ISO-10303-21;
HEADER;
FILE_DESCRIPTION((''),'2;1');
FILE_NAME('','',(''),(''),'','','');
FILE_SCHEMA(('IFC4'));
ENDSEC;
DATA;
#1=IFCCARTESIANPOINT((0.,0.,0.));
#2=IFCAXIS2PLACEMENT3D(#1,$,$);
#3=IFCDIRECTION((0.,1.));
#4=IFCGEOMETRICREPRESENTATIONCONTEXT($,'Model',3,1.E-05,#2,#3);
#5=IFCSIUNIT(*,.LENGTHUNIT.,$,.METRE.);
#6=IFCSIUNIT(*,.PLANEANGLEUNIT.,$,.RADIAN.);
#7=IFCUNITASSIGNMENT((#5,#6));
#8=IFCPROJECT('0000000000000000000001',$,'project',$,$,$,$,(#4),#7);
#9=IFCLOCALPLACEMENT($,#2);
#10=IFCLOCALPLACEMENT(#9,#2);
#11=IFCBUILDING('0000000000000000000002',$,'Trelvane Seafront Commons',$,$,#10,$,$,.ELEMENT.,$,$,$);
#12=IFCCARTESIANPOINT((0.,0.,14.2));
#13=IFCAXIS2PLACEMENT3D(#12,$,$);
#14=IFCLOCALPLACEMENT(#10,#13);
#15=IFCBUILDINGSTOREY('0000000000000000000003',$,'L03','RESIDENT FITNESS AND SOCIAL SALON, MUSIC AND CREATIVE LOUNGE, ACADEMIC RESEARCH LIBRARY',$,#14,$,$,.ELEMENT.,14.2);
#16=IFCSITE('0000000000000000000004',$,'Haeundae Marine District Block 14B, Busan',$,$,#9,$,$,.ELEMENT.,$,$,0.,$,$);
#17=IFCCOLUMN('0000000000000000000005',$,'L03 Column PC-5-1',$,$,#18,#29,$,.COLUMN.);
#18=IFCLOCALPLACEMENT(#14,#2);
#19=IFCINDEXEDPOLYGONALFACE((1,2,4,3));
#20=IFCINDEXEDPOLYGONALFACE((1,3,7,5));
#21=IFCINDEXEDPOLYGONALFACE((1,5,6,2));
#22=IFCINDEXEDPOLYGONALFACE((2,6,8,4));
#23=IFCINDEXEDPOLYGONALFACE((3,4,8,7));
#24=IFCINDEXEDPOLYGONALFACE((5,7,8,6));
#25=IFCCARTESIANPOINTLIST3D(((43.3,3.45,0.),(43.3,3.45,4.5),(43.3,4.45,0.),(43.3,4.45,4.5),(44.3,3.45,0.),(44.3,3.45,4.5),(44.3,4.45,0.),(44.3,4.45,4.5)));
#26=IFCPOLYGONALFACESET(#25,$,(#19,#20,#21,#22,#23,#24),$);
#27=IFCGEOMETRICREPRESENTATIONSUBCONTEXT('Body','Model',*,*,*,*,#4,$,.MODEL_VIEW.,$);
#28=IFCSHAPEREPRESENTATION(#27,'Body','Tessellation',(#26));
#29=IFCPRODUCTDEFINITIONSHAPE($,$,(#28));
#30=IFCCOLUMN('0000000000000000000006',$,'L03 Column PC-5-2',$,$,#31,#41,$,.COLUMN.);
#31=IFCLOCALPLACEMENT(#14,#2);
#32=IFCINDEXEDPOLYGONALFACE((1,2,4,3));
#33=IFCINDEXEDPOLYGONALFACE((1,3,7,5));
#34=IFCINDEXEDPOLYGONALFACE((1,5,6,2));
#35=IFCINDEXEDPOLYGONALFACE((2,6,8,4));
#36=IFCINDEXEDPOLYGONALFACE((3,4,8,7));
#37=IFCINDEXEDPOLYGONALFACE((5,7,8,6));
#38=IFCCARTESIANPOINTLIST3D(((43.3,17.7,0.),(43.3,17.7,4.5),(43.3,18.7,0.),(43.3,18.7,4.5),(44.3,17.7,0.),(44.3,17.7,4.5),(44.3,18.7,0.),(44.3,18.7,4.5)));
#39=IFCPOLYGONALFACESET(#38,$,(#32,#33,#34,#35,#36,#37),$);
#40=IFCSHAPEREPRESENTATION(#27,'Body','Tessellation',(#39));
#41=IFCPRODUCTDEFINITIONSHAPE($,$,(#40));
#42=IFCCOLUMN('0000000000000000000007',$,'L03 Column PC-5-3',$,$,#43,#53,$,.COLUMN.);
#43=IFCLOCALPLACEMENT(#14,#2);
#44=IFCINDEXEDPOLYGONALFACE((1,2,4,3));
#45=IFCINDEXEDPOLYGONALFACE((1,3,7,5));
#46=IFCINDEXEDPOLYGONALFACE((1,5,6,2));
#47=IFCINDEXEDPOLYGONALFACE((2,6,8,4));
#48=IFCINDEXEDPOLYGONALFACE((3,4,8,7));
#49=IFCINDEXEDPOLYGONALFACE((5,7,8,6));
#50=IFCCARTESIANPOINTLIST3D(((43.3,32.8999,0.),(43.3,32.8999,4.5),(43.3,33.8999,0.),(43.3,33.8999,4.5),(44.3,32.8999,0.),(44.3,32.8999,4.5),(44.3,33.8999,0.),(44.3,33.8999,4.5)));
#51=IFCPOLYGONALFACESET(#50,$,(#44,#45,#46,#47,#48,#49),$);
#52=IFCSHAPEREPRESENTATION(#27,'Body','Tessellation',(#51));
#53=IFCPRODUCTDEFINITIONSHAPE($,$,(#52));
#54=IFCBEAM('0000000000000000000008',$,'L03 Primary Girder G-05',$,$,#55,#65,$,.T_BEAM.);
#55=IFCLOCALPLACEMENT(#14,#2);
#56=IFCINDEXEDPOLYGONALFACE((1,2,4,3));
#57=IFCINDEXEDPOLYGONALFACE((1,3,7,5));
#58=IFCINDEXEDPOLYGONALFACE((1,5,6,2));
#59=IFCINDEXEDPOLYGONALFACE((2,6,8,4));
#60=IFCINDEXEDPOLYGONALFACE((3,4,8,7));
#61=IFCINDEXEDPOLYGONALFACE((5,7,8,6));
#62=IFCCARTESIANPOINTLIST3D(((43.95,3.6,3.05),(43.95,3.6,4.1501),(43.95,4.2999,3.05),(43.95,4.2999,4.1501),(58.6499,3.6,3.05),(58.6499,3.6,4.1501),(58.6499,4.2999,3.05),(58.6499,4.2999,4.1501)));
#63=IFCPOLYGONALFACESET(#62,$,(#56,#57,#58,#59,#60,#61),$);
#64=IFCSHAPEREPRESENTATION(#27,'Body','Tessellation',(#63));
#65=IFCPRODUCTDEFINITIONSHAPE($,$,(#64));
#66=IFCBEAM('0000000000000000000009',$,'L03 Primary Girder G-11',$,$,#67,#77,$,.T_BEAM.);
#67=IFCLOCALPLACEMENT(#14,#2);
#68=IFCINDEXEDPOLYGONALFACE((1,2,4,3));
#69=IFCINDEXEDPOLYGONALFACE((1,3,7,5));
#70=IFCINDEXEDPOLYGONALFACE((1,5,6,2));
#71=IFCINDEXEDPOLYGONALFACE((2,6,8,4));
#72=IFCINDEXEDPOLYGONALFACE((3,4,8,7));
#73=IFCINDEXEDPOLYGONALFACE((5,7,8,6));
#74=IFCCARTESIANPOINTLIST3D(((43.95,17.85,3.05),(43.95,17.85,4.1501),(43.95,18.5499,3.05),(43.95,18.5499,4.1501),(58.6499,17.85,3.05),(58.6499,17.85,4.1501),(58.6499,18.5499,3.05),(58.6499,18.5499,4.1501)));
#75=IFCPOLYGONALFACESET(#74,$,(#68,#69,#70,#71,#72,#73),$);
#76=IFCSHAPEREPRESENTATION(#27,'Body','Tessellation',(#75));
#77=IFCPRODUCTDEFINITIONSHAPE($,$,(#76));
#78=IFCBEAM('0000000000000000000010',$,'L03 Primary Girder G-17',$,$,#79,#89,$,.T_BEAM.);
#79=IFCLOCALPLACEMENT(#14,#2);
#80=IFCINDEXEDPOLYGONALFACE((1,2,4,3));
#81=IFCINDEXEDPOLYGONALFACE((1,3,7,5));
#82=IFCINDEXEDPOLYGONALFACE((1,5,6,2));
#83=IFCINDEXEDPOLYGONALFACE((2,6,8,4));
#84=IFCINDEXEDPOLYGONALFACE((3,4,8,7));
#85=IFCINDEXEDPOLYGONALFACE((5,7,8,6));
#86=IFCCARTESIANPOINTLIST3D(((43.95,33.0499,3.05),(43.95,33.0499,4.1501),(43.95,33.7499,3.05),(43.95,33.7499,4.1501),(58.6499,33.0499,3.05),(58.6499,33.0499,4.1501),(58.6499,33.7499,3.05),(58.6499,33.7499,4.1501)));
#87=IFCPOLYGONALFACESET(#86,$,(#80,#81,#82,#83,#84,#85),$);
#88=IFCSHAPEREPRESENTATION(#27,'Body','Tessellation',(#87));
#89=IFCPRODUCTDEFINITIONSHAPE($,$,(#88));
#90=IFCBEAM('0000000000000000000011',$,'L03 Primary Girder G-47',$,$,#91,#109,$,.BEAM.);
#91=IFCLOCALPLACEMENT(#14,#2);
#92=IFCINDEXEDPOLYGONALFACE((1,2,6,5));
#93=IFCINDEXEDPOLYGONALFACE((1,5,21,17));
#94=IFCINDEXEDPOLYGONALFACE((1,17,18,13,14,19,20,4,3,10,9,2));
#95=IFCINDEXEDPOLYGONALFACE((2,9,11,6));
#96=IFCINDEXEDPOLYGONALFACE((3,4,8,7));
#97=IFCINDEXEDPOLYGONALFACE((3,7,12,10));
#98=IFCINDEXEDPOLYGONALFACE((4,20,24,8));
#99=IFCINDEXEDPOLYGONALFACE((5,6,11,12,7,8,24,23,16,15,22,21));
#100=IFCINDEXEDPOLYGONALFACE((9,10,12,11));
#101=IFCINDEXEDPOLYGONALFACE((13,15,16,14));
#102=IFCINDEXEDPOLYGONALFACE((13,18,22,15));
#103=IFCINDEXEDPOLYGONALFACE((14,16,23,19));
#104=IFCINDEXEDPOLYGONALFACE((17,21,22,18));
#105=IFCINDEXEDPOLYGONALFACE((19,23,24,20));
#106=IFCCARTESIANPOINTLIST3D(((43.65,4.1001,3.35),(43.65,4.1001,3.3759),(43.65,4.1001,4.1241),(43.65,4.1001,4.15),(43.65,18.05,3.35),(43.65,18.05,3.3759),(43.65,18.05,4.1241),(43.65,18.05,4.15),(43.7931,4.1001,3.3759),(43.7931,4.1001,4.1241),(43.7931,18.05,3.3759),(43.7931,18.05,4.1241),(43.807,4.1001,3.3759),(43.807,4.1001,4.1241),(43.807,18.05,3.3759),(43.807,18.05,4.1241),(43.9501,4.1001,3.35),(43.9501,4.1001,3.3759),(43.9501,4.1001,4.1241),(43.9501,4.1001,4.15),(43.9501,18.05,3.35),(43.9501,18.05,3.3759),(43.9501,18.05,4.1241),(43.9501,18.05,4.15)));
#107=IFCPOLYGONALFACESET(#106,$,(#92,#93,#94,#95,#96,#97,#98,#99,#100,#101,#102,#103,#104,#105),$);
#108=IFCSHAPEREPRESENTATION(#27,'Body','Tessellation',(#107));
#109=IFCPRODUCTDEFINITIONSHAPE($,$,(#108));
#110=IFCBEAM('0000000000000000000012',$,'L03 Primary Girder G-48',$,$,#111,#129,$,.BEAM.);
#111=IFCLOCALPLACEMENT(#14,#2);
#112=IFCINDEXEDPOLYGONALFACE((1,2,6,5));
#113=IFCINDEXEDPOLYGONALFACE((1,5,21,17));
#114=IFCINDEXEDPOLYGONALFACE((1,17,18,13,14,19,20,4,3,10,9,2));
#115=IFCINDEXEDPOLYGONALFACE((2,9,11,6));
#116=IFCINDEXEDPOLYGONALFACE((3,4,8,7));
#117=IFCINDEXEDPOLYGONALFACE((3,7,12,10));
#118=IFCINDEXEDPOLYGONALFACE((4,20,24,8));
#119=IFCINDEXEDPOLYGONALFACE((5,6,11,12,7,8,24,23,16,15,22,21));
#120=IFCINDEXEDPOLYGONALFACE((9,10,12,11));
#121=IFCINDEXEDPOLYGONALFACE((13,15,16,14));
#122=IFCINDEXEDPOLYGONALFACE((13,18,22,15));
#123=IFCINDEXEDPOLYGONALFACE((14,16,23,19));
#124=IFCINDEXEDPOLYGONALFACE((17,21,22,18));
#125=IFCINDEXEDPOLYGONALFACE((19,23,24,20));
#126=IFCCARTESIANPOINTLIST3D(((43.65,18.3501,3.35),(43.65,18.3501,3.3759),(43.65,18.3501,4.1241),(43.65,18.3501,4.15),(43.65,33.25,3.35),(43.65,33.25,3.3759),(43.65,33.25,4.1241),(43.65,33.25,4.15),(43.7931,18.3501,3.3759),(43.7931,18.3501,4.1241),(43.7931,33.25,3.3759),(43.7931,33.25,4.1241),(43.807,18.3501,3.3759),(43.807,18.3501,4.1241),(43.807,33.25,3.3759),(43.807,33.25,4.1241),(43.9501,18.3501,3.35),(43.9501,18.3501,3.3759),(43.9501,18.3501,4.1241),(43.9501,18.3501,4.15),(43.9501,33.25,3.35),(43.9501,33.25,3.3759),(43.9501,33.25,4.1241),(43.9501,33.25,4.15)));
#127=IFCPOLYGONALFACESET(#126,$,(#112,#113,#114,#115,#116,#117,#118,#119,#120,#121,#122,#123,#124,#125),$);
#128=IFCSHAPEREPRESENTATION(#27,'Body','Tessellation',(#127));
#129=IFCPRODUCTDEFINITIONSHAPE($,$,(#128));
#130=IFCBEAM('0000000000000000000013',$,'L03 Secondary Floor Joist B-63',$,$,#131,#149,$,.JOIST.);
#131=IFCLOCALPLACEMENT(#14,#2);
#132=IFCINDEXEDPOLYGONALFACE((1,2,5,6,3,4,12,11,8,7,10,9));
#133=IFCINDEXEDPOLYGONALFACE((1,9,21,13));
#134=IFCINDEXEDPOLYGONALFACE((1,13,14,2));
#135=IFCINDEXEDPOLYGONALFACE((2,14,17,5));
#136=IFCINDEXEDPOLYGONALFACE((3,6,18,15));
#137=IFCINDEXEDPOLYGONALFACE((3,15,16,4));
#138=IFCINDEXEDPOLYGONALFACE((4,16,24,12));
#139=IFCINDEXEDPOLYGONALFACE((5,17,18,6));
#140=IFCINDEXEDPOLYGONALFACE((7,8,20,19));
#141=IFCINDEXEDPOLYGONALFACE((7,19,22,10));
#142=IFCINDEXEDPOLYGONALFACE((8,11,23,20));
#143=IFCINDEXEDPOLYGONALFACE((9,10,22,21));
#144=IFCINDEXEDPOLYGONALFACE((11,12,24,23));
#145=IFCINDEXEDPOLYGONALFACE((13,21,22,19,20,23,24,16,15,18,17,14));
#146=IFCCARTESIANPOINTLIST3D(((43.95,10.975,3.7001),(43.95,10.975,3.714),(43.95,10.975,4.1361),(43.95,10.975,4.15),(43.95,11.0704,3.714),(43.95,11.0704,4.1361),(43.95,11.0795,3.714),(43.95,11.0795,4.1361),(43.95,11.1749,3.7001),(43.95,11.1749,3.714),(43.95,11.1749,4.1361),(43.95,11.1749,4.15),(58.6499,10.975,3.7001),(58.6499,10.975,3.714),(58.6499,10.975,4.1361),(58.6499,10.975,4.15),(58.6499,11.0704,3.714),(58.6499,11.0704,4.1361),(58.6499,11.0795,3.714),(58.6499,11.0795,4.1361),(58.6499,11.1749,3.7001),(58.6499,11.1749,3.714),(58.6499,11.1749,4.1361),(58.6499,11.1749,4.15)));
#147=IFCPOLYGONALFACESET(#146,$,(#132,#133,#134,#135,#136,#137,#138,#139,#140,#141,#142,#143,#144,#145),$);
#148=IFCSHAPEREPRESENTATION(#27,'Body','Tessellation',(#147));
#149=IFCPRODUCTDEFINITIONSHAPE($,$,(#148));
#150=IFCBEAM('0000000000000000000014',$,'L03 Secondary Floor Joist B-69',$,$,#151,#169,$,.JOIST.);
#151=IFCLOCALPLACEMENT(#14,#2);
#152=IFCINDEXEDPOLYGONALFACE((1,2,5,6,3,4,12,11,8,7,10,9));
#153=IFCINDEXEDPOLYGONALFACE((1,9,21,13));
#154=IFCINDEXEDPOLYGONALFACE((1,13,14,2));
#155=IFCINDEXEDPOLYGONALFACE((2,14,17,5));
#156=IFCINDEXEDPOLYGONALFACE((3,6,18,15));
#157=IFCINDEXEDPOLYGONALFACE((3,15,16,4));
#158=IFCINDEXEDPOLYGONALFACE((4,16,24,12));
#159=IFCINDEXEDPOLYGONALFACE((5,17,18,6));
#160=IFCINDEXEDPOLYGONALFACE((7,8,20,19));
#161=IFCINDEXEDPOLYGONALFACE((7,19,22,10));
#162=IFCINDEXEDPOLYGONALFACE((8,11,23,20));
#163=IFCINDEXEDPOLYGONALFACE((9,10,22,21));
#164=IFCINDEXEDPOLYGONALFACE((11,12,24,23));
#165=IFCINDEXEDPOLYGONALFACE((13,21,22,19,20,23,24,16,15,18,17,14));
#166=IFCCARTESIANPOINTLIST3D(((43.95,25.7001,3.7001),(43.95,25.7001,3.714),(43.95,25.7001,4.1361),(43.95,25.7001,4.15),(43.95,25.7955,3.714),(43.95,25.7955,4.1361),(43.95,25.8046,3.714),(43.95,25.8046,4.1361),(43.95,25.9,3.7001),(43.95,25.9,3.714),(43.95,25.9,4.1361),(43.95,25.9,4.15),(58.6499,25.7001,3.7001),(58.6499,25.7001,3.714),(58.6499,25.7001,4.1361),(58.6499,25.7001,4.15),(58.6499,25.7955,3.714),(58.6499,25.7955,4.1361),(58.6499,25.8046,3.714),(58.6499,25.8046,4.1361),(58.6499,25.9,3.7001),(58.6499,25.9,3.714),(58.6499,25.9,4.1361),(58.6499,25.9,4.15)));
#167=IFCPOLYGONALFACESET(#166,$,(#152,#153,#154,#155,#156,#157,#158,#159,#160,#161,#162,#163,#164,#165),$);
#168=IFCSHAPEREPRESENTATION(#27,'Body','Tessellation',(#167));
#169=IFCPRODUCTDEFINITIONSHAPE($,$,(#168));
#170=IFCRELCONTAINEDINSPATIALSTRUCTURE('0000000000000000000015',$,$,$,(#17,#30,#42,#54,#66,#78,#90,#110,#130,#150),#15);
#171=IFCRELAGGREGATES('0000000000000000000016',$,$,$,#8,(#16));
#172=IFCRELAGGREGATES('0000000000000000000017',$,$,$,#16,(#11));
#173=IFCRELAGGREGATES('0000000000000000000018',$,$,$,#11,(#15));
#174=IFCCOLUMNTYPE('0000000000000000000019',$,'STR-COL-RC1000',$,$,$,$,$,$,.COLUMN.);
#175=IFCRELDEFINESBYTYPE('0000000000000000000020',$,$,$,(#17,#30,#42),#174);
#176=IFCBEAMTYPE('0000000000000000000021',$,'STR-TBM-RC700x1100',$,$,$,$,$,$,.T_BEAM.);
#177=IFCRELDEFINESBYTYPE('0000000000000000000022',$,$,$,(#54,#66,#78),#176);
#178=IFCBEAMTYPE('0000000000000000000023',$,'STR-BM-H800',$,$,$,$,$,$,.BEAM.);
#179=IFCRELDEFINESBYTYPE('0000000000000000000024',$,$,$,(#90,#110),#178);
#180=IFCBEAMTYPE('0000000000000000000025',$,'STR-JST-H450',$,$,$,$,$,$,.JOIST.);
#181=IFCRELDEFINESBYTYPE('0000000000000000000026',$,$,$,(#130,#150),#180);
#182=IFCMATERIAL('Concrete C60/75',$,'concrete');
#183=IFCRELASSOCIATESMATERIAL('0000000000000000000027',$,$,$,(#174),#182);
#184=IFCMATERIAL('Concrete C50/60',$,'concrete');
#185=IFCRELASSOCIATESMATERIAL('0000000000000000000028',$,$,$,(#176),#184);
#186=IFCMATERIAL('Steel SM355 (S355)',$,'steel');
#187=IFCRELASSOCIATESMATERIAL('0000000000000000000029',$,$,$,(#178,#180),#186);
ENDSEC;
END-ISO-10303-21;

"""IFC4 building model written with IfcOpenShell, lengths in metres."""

from ifc_helpers import new_model, si_unit, direction, frame, origin, origin_2d, place, context, subcontext, project, spatial, rectangle, i_section, extrude, source, transform, mapped, material, material_profile, profile_set, type_object, element, save


model = new_model("IFC4")

# Units and contexts
model_context = context("Model", 3, precision=1e-05, world=origin(), true_north=direction((0.0, 1.0)))
body_context = subcontext(model_context, "Body", "Model", "MODEL_VIEW")
ifc_project = project(units=[si_unit("LENGTHUNIT", "METRE"), si_unit("PLANEANGLEUNIT", "RADIAN")], contexts=[model_context])

# Site, building, storey
site_placement = place(None, origin())
site = spatial("IfcSite", under=ifc_project, at=site_placement, Name="Haeundae Marine District Block 14B, Busan", CompositionType="ELEMENT", RefElevation=0.0)
building_placement = place(site_placement, origin())
building = spatial("IfcBuilding", under=site, at=building_placement, Name="Trelvane Seafront Commons", CompositionType="ELEMENT")
storey_placement = place(building_placement, frame((0.0, 0.0, 14.2)))
storey = spatial("IfcBuildingStorey", under=building, at=storey_placement, Name="L03", Description="RESIDENT FITNESS AND SOCIAL SALON, MUSIC AND CREATIVE LOUNGE, ACADEMIC RESEARCH LIBRARY", CompositionType="ELEMENT", Elevation=14.2)

# Columns
ifc_material_1 = material(Name="Concrete C60/75", Category="concrete")
ifc_material_profile_1 = material_profile(ifc_material_1, rectangle(XDim=1.0, YDim=1.0, at=origin_2d()), Name="RC-1000x1000")
ifc_profile_set_1 = profile_set([ifc_material_profile_1], Name="Concrete C60/75")
column_type = type_object("IfcColumnType", Name="STR-COL-RC1000", PredefinedType="COLUMN", material=ifc_profile_set_1)
shared_shape_1 = source(origin(), body_context, "Body", "SweptSolid", [
    extrude(rectangle(XDim=1.0, YDim=1.0, at=origin_2d()), origin(), (0.0, 0.0, 1.0), 4.5),
])
for number, where, z_axis, x_axis, name in (
    (1, (43.8, 3.95, 0.0), (0.0, 0.0, 1.0), (1.0, 0.0, 0.0), "L03 Column PC-5-1"),
    (2, (43.8, 18.2, 0.0), (0.0, 0.0, 1.0), (1.0, 0.0, 0.0), "L03 Column PC-5-2"),
    (3, (43.8, 33.3999, 0.0), (0.0, 0.0, 1.0), (1.0, 0.0, 0.0), "L03 Column PC-5-3"),
):
    element("IfcColumn", number, at=place(storey_placement, frame(where, z_axis=z_axis, x_axis=x_axis)), inside=storey, type_object=column_type, Name=name, PredefinedType="COLUMN", context=body_context, shape_type="MappedRepresentation", body=[
        mapped(shared_shape_1, transform((0.0, 0.0, 0.0), x_axis=(1.0, 0.0, 0.0), y_axis=(0.0, 1.0, 0.0), z_axis=(0.0, 0.0, 1.0), scale=1.0)),
    ])

# Beams
ifc_material_2 = material(Name="Concrete C50/60", Category="concrete")
ifc_material_profile_2 = material_profile(ifc_material_2, rectangle(XDim=0.7, YDim=1.1001, at=origin_2d()), Name="RC-700x1100")
ifc_profile_set_2 = profile_set([ifc_material_profile_2], Name="Concrete C50/60")
beam_type_1 = type_object("IfcBeamType", Name="STR-TBM-RC700x1100", PredefinedType="T_BEAM", material=ifc_profile_set_2)
shared_shape_2 = source(origin(), body_context, "Body", "SweptSolid", [
    extrude(rectangle(XDim=0.7, YDim=1.1001, at=origin_2d()), origin(), (0.0, 0.0, 1.0), 14.7),
])
for number, where, z_axis, x_axis, name in (
    (4, (43.95, 3.95, 3.6001), (1.0, 0.0, 0.0), (0.0, 1.0, 0.0), "L03 Primary Girder G-05"),
    (5, (43.95, 18.2, 3.6001), (1.0, 0.0, 0.0), (0.0, 1.0, 0.0), "L03 Primary Girder G-11"),
    (6, (43.95, 33.3999, 3.6001), (1.0, 0.0, 0.0), (0.0, 1.0, 0.0), "L03 Primary Girder G-17"),
):
    element("IfcBeam", number, at=place(storey_placement, frame(where, z_axis=z_axis, x_axis=x_axis)), inside=storey, type_object=beam_type_1, Name=name, PredefinedType="T_BEAM", context=body_context, shape_type="MappedRepresentation", body=[
        mapped(shared_shape_2, transform((0.0, 0.0, 0.0), x_axis=(1.0, 0.0, 0.0), y_axis=(0.0, 1.0, 0.0), z_axis=(0.0, 0.0, 1.0), scale=1.0)),
    ])
ifc_material_3 = material(Name="Steel SM355 (S355)", Category="steel")
ifc_material_profile_3 = material_profile(ifc_material_3, i_section(OverallWidth=0.3, OverallDepth=0.8, WebThickness=0.0139, FlangeThickness=0.0259, at=origin_2d()), Name="H-800x300x14x26")
ifc_profile_set_3 = profile_set([ifc_material_profile_3], Name="Steel SM355 (S355)")
beam_type_2 = type_object("IfcBeamType", Name="STR-BM-H800", PredefinedType="BEAM", material=ifc_profile_set_3)
shared_shape_3 = source(origin(), body_context, "Body", "SweptSolid", [
    extrude(i_section(OverallWidth=0.3, OverallDepth=0.8, WebThickness=0.0139, FlangeThickness=0.0259, at=origin_2d()), origin(), (0.0, 0.0, 1.0), 13.95),
])
beam_1_placement = place(storey_placement, frame((43.8, 4.1001, 3.75), z_axis=(0.0, 1.0, 0.0), x_axis=(-1.0, 0.0, 0.0)))
element("IfcBeam", 7, at=beam_1_placement, inside=storey, type_object=beam_type_2, Name="L03 Primary Girder G-47", PredefinedType="BEAM", context=body_context, shape_type="MappedRepresentation", body=[
    mapped(shared_shape_3, transform((0.0, 0.0, 0.0), x_axis=(1.0, 0.0, 0.0), y_axis=(0.0, 1.0, 0.0), z_axis=(0.0, 0.0, 1.0), scale=1.0)),
])
shared_shape_4 = source(origin(), body_context, "Body", "SweptSolid", [
    extrude(i_section(OverallWidth=0.3, OverallDepth=0.8, WebThickness=0.0139, FlangeThickness=0.0259, at=origin_2d()), origin(), (0.0, 0.0, 1.0), 14.8999),
])
beam_2_placement = place(storey_placement, frame((43.8, 18.3501, 3.75), z_axis=(0.0, 1.0, 0.0), x_axis=(-1.0, 0.0, 0.0)))
element("IfcBeam", 8, at=beam_2_placement, inside=storey, type_object=beam_type_2, Name="L03 Primary Girder G-48", PredefinedType="BEAM", context=body_context, shape_type="MappedRepresentation", body=[
    mapped(shared_shape_4, transform((0.0, 0.0, 0.0), x_axis=(1.0, 0.0, 0.0), y_axis=(0.0, 1.0, 0.0), z_axis=(0.0, 0.0, 1.0), scale=1.0)),
])
ifc_material_profile_4 = material_profile(ifc_material_3, i_section(OverallWidth=0.2, OverallDepth=0.45, WebThickness=0.009, FlangeThickness=0.0139, at=origin_2d()), Name="H-450x200x9x14")
ifc_profile_set_4 = profile_set([ifc_material_profile_4], Name="Steel SM355 (S355)")
beam_type_3 = type_object("IfcBeamType", Name="STR-JST-H450", PredefinedType="JOIST", material=ifc_profile_set_4)
shared_shape_5 = source(origin(), body_context, "Body", "SweptSolid", [
    extrude(i_section(OverallWidth=0.2, OverallDepth=0.45, WebThickness=0.009, FlangeThickness=0.0139, at=origin_2d()), origin(), (0.0, 0.0, 1.0), 14.7),
])
for number, where, z_axis, x_axis, name in (
    (9, (43.95, 11.075, 3.925), (1.0, 0.0, 0.0), (0.0, 1.0, 0.0), "L03 Secondary Floor Joist B-63"),
    (10, (43.95, 25.8, 3.925), (1.0, 0.0, 0.0), (0.0, 1.0, 0.0), "L03 Secondary Floor Joist B-69"),
):
    element("IfcBeam", number, at=place(storey_placement, frame(where, z_axis=z_axis, x_axis=x_axis)), inside=storey, type_object=beam_type_3, Name=name, PredefinedType="JOIST", context=body_context, shape_type="MappedRepresentation", body=[
        mapped(shared_shape_5, transform((0.0, 0.0, 0.0), x_axis=(1.0, 0.0, 0.0), y_axis=(0.0, 1.0, 0.0), z_axis=(0.0, 0.0, 1.0), scale=1.0)),
    ])

save(model, "model.ifc")
